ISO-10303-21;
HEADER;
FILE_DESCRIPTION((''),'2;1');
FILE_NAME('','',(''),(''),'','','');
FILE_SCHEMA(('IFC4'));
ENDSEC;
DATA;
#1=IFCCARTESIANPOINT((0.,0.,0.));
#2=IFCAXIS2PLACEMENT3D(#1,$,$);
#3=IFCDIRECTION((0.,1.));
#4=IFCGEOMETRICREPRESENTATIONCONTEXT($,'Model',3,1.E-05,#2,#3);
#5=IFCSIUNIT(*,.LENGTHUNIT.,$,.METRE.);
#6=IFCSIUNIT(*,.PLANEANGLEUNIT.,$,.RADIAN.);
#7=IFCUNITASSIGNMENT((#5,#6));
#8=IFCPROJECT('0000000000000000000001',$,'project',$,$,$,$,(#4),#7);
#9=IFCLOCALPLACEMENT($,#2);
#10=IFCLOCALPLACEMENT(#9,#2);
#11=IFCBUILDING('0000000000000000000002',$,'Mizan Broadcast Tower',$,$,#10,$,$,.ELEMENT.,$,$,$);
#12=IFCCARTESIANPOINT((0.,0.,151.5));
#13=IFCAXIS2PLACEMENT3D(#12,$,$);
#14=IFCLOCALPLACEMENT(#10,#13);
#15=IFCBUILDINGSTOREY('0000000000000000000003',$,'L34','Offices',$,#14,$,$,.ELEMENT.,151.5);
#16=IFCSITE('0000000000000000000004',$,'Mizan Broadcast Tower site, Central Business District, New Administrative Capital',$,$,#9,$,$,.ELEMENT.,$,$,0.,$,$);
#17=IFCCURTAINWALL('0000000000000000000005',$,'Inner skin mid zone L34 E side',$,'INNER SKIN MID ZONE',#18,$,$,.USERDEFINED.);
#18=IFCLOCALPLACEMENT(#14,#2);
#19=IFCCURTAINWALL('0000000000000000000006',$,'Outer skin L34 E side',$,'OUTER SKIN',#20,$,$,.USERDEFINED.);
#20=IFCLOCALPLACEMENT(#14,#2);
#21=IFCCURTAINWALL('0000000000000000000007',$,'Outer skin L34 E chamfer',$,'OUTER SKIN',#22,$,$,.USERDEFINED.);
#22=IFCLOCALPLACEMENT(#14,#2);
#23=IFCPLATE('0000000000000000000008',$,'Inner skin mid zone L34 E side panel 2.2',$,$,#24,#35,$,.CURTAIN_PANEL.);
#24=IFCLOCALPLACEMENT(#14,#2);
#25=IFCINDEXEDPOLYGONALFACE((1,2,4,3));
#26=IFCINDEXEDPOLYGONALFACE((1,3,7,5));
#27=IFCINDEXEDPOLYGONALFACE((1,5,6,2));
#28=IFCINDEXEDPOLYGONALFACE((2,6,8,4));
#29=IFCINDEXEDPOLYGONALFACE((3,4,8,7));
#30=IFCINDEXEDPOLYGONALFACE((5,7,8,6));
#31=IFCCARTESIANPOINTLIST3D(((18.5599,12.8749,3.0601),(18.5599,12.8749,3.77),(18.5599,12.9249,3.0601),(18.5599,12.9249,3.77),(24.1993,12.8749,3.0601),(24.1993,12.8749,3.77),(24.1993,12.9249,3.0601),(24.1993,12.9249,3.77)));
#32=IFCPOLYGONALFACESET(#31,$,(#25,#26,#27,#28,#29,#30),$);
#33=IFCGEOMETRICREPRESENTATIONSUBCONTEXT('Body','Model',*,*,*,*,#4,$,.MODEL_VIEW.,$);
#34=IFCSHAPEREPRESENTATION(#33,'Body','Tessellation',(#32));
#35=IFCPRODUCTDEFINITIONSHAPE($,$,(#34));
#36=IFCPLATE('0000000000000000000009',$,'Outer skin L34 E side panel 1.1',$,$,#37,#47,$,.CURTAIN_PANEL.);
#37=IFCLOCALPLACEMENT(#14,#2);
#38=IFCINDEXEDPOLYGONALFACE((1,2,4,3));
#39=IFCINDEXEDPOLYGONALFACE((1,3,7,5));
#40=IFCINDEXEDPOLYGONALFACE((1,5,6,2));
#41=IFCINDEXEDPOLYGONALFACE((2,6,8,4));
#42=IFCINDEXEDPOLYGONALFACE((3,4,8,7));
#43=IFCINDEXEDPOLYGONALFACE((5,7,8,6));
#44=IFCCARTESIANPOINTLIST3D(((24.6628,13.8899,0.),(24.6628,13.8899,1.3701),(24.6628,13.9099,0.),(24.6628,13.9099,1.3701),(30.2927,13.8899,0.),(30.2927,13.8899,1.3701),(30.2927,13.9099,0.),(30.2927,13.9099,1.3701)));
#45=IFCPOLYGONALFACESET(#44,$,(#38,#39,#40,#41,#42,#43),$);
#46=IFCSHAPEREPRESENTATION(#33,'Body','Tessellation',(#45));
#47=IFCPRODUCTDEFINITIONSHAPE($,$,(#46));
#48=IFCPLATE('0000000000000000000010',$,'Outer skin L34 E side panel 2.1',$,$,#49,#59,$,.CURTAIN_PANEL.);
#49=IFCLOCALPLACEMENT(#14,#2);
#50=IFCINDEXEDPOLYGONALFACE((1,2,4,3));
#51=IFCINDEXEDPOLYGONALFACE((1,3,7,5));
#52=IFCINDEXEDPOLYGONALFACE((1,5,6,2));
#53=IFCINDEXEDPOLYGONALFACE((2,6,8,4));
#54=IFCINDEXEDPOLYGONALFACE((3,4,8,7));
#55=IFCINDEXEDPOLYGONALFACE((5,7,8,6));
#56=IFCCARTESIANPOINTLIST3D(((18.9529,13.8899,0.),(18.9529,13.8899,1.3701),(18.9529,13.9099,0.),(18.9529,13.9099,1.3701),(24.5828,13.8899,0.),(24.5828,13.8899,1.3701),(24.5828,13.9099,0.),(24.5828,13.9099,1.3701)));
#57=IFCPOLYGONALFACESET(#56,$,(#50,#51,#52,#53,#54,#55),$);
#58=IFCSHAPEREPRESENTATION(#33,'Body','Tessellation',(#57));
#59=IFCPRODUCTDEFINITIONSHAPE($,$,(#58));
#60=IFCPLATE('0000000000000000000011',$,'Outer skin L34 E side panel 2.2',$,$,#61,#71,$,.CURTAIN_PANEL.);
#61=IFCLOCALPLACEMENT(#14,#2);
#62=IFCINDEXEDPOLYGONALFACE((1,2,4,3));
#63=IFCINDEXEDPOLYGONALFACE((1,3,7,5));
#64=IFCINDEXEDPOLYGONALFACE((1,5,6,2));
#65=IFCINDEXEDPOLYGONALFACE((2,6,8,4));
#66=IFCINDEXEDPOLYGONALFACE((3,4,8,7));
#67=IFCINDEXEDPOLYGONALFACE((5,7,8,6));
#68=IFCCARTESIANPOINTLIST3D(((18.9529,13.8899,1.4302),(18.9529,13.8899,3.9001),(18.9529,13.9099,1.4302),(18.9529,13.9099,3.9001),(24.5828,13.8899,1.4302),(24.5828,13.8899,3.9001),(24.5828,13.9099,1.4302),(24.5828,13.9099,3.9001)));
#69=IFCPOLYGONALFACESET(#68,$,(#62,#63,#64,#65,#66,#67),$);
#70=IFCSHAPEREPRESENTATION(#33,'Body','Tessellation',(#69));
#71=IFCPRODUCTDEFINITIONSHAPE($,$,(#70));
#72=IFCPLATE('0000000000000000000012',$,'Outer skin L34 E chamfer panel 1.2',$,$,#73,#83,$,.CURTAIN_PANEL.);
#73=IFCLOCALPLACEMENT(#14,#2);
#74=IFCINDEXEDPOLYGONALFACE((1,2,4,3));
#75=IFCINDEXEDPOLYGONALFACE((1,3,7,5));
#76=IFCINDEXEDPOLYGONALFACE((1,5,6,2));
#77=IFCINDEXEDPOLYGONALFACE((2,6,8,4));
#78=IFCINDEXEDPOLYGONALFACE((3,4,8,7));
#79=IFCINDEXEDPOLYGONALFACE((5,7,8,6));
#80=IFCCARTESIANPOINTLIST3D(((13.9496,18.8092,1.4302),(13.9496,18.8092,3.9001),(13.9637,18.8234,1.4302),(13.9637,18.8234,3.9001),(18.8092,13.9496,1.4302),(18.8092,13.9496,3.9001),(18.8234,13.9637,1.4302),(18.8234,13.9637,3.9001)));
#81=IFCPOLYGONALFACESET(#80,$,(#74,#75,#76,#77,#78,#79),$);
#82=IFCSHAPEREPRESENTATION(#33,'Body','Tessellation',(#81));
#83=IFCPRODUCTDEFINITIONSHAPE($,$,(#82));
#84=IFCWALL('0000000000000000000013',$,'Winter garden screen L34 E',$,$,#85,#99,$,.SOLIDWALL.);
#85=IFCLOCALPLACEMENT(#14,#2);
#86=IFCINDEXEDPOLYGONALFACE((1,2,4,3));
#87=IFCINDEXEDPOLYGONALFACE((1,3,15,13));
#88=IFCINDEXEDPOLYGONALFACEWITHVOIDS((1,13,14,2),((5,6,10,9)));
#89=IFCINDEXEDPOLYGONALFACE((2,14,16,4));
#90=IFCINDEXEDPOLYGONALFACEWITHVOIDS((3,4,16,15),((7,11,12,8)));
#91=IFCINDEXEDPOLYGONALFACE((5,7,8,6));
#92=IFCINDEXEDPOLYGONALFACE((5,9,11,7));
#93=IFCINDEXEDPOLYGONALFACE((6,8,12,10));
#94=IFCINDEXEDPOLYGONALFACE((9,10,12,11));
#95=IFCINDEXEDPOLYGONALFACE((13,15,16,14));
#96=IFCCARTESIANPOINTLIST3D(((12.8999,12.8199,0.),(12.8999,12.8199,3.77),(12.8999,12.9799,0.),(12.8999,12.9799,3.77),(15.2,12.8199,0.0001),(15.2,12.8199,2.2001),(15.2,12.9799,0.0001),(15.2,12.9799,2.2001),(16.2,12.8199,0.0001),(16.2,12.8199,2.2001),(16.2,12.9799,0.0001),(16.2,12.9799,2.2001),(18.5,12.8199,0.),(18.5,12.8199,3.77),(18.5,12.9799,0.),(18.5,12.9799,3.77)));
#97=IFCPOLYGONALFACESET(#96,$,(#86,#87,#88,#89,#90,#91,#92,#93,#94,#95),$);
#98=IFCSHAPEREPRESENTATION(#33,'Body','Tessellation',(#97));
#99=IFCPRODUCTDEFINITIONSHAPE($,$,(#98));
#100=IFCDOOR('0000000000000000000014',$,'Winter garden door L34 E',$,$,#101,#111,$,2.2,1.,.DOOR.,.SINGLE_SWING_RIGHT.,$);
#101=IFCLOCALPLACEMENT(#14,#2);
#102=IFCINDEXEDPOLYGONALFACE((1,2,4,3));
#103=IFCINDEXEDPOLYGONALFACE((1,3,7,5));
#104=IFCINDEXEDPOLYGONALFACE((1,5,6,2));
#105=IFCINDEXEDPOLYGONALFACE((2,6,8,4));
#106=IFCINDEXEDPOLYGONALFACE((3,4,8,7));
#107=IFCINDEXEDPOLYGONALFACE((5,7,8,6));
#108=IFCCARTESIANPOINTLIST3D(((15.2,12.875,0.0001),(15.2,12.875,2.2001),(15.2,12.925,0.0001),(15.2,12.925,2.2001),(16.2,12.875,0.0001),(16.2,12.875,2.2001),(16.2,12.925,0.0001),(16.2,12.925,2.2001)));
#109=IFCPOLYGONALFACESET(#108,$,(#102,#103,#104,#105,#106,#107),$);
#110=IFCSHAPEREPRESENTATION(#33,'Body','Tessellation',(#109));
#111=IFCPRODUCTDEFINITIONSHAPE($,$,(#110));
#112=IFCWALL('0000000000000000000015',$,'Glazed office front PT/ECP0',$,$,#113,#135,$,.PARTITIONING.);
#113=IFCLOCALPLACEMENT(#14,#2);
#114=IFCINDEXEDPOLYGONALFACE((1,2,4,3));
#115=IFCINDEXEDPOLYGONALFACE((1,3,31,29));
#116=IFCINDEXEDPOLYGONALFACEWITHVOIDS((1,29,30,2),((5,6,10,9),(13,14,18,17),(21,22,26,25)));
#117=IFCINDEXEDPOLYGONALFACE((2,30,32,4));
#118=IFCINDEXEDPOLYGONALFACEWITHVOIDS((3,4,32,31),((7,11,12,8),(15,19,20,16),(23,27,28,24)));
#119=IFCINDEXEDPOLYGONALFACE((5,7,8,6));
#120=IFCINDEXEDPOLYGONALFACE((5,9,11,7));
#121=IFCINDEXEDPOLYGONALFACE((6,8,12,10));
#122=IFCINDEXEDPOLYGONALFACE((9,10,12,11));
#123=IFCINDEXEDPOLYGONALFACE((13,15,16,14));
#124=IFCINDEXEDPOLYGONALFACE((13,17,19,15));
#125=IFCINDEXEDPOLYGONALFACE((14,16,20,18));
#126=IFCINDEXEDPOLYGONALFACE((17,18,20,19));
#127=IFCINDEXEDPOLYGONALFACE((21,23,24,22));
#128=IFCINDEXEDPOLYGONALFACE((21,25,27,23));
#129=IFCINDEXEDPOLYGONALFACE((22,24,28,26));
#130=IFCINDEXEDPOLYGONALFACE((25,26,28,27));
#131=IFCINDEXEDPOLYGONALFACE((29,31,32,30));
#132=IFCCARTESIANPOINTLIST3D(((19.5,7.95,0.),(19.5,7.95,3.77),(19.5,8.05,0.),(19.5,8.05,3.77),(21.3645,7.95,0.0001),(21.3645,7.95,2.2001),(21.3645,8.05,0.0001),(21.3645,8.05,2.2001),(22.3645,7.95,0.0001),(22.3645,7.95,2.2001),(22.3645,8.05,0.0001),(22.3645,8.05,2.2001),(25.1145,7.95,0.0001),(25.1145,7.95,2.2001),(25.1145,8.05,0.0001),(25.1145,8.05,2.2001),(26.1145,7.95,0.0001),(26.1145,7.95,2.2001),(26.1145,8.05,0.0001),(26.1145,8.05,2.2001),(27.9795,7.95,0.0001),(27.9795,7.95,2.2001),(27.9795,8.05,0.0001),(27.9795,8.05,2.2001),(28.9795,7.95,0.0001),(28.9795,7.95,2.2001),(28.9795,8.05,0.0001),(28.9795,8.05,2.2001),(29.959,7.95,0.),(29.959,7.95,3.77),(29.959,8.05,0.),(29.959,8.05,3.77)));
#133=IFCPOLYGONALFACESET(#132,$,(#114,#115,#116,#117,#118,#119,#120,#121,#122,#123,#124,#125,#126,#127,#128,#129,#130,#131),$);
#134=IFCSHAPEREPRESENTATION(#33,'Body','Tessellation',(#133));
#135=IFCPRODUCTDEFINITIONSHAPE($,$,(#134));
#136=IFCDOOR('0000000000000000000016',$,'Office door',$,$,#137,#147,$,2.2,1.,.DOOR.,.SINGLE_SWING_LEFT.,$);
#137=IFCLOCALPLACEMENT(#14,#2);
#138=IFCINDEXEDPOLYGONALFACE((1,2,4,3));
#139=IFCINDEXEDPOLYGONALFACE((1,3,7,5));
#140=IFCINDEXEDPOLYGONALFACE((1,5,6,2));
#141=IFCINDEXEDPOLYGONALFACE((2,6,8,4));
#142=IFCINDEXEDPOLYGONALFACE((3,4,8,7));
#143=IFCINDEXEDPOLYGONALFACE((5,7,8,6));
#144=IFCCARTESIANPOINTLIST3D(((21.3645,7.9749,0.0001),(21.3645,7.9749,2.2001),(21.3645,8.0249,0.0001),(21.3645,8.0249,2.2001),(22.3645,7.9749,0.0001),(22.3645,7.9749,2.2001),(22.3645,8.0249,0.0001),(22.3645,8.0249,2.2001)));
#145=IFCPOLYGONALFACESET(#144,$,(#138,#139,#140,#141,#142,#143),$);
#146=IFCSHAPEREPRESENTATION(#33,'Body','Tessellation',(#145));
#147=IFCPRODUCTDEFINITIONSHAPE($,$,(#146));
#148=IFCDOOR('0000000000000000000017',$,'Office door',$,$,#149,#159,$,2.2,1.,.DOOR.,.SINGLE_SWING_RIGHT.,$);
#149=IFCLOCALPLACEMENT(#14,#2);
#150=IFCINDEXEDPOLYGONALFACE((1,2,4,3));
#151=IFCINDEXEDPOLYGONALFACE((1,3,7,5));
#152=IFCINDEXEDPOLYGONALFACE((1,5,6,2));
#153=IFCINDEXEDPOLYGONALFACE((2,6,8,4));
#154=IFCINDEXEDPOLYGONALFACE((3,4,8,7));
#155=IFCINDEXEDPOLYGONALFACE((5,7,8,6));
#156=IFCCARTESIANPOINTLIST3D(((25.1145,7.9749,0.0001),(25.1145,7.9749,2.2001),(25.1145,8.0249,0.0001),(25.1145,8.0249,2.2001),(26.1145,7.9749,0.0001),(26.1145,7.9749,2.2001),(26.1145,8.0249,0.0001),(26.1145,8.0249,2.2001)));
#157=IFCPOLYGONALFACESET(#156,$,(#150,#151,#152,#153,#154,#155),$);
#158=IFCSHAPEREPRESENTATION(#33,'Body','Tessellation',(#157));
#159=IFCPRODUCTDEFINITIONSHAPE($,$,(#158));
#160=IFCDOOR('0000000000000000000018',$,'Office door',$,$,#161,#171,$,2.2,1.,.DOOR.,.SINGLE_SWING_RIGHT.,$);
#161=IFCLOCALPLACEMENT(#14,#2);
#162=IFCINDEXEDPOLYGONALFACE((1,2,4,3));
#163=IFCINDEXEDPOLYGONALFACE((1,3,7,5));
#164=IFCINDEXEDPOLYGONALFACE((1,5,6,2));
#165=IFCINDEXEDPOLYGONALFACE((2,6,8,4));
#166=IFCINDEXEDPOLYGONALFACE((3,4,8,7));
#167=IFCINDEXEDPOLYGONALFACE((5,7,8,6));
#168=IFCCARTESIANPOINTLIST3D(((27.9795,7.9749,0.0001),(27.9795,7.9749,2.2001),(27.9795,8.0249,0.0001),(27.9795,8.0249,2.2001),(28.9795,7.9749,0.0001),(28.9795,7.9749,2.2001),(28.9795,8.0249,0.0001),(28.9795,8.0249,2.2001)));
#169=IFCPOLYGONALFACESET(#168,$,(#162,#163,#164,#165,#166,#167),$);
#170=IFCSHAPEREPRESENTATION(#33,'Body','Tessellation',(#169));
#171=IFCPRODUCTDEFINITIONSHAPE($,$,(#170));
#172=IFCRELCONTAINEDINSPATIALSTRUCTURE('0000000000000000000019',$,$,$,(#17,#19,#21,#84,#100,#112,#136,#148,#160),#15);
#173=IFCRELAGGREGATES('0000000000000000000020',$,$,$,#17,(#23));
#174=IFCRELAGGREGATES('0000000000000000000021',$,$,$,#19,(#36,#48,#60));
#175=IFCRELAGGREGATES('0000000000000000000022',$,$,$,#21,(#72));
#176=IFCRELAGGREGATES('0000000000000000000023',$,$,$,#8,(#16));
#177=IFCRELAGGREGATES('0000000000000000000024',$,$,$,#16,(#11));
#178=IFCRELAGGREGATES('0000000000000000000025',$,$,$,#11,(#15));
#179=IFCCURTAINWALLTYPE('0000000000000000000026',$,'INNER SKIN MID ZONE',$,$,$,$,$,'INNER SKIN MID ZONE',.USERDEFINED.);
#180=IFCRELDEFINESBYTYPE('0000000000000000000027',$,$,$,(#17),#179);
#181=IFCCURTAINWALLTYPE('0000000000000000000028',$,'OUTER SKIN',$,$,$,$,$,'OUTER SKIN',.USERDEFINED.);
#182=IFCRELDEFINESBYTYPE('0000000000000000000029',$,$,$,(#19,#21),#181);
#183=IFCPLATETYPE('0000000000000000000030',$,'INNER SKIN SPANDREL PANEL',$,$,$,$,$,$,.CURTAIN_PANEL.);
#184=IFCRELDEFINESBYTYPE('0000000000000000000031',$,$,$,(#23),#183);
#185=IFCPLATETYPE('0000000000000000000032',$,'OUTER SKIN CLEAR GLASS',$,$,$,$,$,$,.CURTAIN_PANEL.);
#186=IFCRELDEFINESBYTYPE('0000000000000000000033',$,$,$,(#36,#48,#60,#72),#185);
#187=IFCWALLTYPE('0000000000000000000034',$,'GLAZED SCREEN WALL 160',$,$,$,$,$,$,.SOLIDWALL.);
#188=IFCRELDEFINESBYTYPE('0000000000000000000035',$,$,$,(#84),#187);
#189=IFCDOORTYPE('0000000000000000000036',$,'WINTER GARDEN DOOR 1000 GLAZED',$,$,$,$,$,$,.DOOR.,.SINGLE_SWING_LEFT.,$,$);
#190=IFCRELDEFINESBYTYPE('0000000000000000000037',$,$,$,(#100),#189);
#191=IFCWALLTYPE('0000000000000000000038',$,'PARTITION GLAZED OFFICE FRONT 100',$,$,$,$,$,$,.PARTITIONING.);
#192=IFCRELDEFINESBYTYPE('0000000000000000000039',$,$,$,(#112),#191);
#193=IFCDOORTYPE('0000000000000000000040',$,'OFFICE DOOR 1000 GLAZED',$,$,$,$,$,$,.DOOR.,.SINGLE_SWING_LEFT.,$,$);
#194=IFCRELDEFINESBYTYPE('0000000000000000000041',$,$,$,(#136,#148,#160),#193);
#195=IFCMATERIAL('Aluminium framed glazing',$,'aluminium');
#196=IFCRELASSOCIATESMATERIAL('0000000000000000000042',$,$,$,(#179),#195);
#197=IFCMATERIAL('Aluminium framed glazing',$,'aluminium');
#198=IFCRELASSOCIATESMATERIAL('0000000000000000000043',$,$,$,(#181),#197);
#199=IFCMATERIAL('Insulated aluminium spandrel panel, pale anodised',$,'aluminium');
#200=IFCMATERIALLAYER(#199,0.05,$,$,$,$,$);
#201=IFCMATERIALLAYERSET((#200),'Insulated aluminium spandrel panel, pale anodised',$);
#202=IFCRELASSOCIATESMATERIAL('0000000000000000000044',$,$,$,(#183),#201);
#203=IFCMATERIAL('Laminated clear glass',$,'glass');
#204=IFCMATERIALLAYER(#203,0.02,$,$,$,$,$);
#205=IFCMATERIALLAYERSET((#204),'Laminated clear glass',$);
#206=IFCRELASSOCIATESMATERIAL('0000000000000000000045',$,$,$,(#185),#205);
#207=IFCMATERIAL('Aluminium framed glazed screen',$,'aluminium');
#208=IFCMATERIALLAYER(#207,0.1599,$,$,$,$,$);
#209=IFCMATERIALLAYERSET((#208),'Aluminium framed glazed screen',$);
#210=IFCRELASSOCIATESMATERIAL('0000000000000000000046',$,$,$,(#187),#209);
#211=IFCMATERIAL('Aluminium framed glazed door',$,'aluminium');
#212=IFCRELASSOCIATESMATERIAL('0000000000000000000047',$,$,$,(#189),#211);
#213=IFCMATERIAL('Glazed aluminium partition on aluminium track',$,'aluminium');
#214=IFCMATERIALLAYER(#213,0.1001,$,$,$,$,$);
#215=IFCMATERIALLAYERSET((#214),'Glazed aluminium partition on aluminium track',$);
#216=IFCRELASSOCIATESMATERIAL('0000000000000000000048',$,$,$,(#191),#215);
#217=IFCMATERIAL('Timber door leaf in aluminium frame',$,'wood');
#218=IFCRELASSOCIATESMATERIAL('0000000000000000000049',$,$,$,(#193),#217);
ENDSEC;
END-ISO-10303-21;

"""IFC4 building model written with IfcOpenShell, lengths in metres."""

from ifc_helpers import new_model, si_unit, direction, frame, frame_2d, origin, origin_2d, place, context, subcontext, project, spatial, rectangle, extrude, material, layer, layer_set, type_object, element, fill, aggregate, save


model = new_model("IFC4")

# Units and contexts
model_context = context("Model", 3, precision=1e-05, world=origin(), true_north=direction((0.0, 1.0)))
body_context = subcontext(model_context, "Body", "Model", "MODEL_VIEW")
ifc_project = project(units=[si_unit("LENGTHUNIT", "METRE"), si_unit("PLANEANGLEUNIT", "RADIAN")], contexts=[model_context])

# Site, building, storey
site_placement = place(None, origin())
site = spatial("IfcSite", under=ifc_project, at=site_placement, Name="Mizan Broadcast Tower site, Central Business District, New Administrative Capital", CompositionType="ELEMENT", RefElevation=0.0)
building_placement = place(site_placement, origin())
building = spatial("IfcBuilding", under=site, at=building_placement, Name="Mizan Broadcast Tower", CompositionType="ELEMENT")
storey_placement = place(building_placement, frame((0.0, 0.0, 151.5)))
storey = spatial("IfcBuildingStorey", under=building, at=storey_placement, Name="L34", Description="Offices", CompositionType="ELEMENT", Elevation=151.5)

# Curtain walls
ifc_material_1 = material(Name="Aluminium framed glazing", Category="aluminium")
curtain_wall_type_1 = type_object("IfcCurtainWallType", Name="INNER SKIN MID ZONE", ElementType="INNER SKIN MID ZONE", PredefinedType="USERDEFINED", material=ifc_material_1)
curtain_wall_1_placement = place(storey_placement, origin())
curtain_wall_1 = element("IfcCurtainWall", 1, at=curtain_wall_1_placement, inside=storey, type_object=curtain_wall_type_1, Name="Inner skin mid zone L34 E side", ObjectType="INNER SKIN MID ZONE", PredefinedType="USERDEFINED")
ifc_material_2 = material(Name="Aluminium framed glazing", Category="aluminium")
curtain_wall_type_2 = type_object("IfcCurtainWallType", Name="OUTER SKIN", ElementType="OUTER SKIN", PredefinedType="USERDEFINED", material=ifc_material_2)
curtain_wall_2_placement = place(storey_placement, origin())
curtain_wall_2 = element("IfcCurtainWall", 2, at=curtain_wall_2_placement, inside=storey, type_object=curtain_wall_type_2, Name="Outer skin L34 E side", ObjectType="OUTER SKIN", PredefinedType="USERDEFINED")

# Curtain wall
curtain_wall_3_placement = place(storey_placement, origin())
curtain_wall_3 = element("IfcCurtainWall", 3, at=curtain_wall_3_placement, inside=storey, type_object=curtain_wall_type_2, Name="Outer skin L34 E chamfer", ObjectType="OUTER SKIN", PredefinedType="USERDEFINED")

# Plates
ifc_material_3 = material(Name="Insulated aluminium spandrel panel, pale anodised", Category="aluminium")
ifc_layer_1 = layer(ifc_material_3, 0.05)
ifc_layer_set_1 = layer_set([ifc_layer_1], Name="Insulated aluminium spandrel panel, pale anodised")
plate_type_1 = type_object("IfcPlateType", Name="INNER SKIN SPANDREL PANEL", PredefinedType="CURTAIN_PANEL", material=ifc_layer_set_1)
plate_1_placement = place(storey_placement, frame((21.3796, 12.8999, 3.0601), z_axis=(0.0, 0.0, 1.0), x_axis=(-1.0, 0.0, 0.0)))
plate_1 = element("IfcPlate", 4, at=plate_1_placement, type_object=plate_type_1, Name="Inner skin mid zone L34 E side panel 2.2", PredefinedType="CURTAIN_PANEL", context=body_context, shape_type="SweptSolid", body=[
    extrude(rectangle(XDim=5.6394, YDim=0.05, at=origin_2d()), origin(), (0.0, 0.0, 1.0), 0.71),
])
aggregate(curtain_wall_1, [plate_1])
ifc_material_4 = material(Name="Laminated clear glass", Category="glass")
ifc_layer_2 = layer(ifc_material_4, 0.02)
ifc_layer_set_2 = layer_set([ifc_layer_2], Name="Laminated clear glass")
plate_type_2 = type_object("IfcPlateType", Name="OUTER SKIN CLEAR GLASS", PredefinedType="CURTAIN_PANEL", material=ifc_layer_set_2)
plate_2_placement = place(storey_placement, frame((27.4778, 13.8999, 0.0), z_axis=(0.0, 0.0, 1.0), x_axis=(-1.0, 0.0, 0.0)))
plate_2 = element("IfcPlate", 5, at=plate_2_placement, type_object=plate_type_2, Name="Outer skin L34 E side panel 1.1", PredefinedType="CURTAIN_PANEL", context=body_context, shape_type="SweptSolid", body=[
    extrude(rectangle(XDim=5.6299, YDim=0.02, at=origin_2d()), origin(), (0.0, 0.0, 1.0), 1.3701),
])
plate_3_placement = place(storey_placement, frame((21.7678, 13.8999, 0.0), z_axis=(0.0, 0.0, 1.0), x_axis=(-1.0, 0.0, 0.0)))
plate_3 = element("IfcPlate", 6, at=plate_3_placement, type_object=plate_type_2, Name="Outer skin L34 E side panel 2.1", PredefinedType="CURTAIN_PANEL", context=body_context, shape_type="SweptSolid", body=[
    extrude(rectangle(XDim=5.6299, YDim=0.02, at=origin_2d()), origin(), (0.0, 0.0, 1.0), 1.3701),
])
plate_4_placement = place(storey_placement, frame((21.7678, 13.8999, 1.4302), z_axis=(0.0, 0.0, 1.0), x_axis=(-1.0, 0.0, 0.0)))
plate_4 = element("IfcPlate", 7, at=plate_4_placement, type_object=plate_type_2, Name="Outer skin L34 E side panel 2.2", PredefinedType="CURTAIN_PANEL", context=body_context, shape_type="SweptSolid", body=[
    extrude(rectangle(XDim=5.6299, YDim=0.02, at=origin_2d()), origin(), (0.0, 0.0, 1.0), 2.47),
])
aggregate(curtain_wall_2, [plate_2, plate_3, plate_4])
plate_5_placement = place(storey_placement, frame((16.3865, 16.3865, 1.4302), z_axis=(0.0, 0.0, 1.0), x_axis=(-0.707107, 0.707107, 0.0)))
plate_5 = element("IfcPlate", 8, at=plate_5_placement, type_object=plate_type_2, Name="Outer skin L34 E chamfer panel 1.2", PredefinedType="CURTAIN_PANEL", context=body_context, shape_type="SweptSolid", body=[
    extrude(rectangle(XDim=6.8726, YDim=0.02, at=origin_2d()), origin(), (0.0, 0.0, 1.0), 2.47),
])
aggregate(curtain_wall_3, [plate_5])

# Wall, opening, door
ifc_material_5 = material(Name="Aluminium framed glazed screen", Category="aluminium")
ifc_layer_3 = layer(ifc_material_5, 0.1599)
ifc_layer_set_3 = layer_set([ifc_layer_3], Name="Aluminium framed glazed screen")
wall_type_1 = type_object("IfcWallType", Name="GLAZED SCREEN WALL 160", PredefinedType="SOLIDWALL", material=ifc_layer_set_3)
wall_1_placement = place(storey_placement, frame((18.5, 12.8999, 0.0), z_axis=(0.0, 0.0, 1.0), x_axis=(-1.0, 0.0, 0.0)))
wall_1 = element("IfcWall", 9, at=wall_1_placement, inside=storey, type_object=wall_type_1, Name="Winter garden screen L34 E", PredefinedType="SOLIDWALL", context=body_context, shape_type="SweptSolid", body=[
    extrude(rectangle(XDim=5.6001, YDim=0.1599, at=frame_2d((2.8, 0.0))), origin(), (0.0, 0.0, 1.0), 3.77),
])
opening_1_placement = place(wall_1_placement, frame((2.3, 0.0, 0.0)))
opening_1 = element("IfcOpeningElement", 10, at=opening_1_placement, cuts=wall_1, PredefinedType="OPENING", context=body_context, shape_type="SweptSolid", body=[
    extrude(rectangle(XDim=1.0, YDim=2.2, at=frame_2d((0.5, 1.1001))), frame((0.0, 0.0898, 0.0), z_axis=(0.0, -1.0, 0.0), x_axis=(1.0, 0.0, 0.0)), (0.0, 0.0, 1.0), 0.1799),
])
ifc_material_6 = material(Name="Aluminium framed glazed door", Category="aluminium")
door_type_1 = type_object("IfcDoorType", Name="WINTER GARDEN DOOR 1000 GLAZED", OperationType="SINGLE_SWING_LEFT", PredefinedType="DOOR", material=ifc_material_6)
door_1_placement = place(opening_1_placement, origin())
door_1 = element("IfcDoor", 11, at=door_1_placement, inside=storey, type_object=door_type_1, Name="Winter garden door L34 E", OperationType="SINGLE_SWING_RIGHT", OverallHeight=2.2, OverallWidth=1.0, PredefinedType="DOOR", context=body_context, shape_type="SweptSolid", body=[
    extrude(rectangle(XDim=1.0, YDim=2.2, at=frame_2d((0.5, 1.1001))), frame((0.0, 0.0249, 0.0), z_axis=(0.0, -1.0, 0.0), x_axis=(1.0, 0.0, 0.0)), (0.0, 0.0, 1.0), 0.05),
])
fill(opening_1, door_1)

# Wall, openings, doors
ifc_material_7 = material(Name="Glazed aluminium partition on aluminium track", Category="aluminium")
ifc_layer_4 = layer(ifc_material_7, 0.1001)
ifc_layer_set_4 = layer_set([ifc_layer_4], Name="Glazed aluminium partition on aluminium track")
wall_type_2 = type_object("IfcWallType", Name="PARTITION GLAZED OFFICE FRONT 100", PredefinedType="PARTITIONING", material=ifc_layer_set_4)
wall_2_placement = place(storey_placement, frame((19.5, 8.0, 0.0), z_axis=(0.0, 0.0, 1.0), x_axis=(1.0, 0.0, 0.0)))
wall_2 = element("IfcWall", 12, at=wall_2_placement, inside=storey, type_object=wall_type_2, Name="Glazed office front PT/ECP0", PredefinedType="PARTITIONING", context=body_context, shape_type="SweptSolid", body=[
    extrude(rectangle(XDim=10.459, YDim=0.1001, at=frame_2d((5.2295, 0.0))), origin(), (0.0, 0.0, 1.0), 3.77),
])
opening_2_placement = place(wall_2_placement, frame((1.8645, 0.0, 0.0)))
opening_2 = element("IfcOpeningElement", 13, at=opening_2_placement, cuts=wall_2, PredefinedType="OPENING", context=body_context, shape_type="SweptSolid", body=[
    extrude(rectangle(XDim=1.0, YDim=2.2, at=frame_2d((0.5, 1.1001))), frame((0.0, 0.0601, 0.0), z_axis=(0.0, -1.0, 0.0), x_axis=(1.0, 0.0, 0.0)), (0.0, 0.0, 1.0), 0.1201),
])
opening_3_placement = place(wall_2_placement, frame((5.6145, 0.0, 0.0)))
opening_3 = element("IfcOpeningElement", 14, at=opening_3_placement, cuts=wall_2, PredefinedType="OPENING", context=body_context, shape_type="SweptSolid", body=[
    extrude(rectangle(XDim=1.0, YDim=2.2, at=frame_2d((0.5, 1.1001))), frame((0.0, 0.0601, 0.0), z_axis=(0.0, -1.0, 0.0), x_axis=(1.0, 0.0, 0.0)), (0.0, 0.0, 1.0), 0.1201),
])
opening_4_placement = place(wall_2_placement, frame((8.4795, 0.0, 0.0)))
opening_4 = element("IfcOpeningElement", 15, at=opening_4_placement, cuts=wall_2, PredefinedType="OPENING", context=body_context, shape_type="SweptSolid", body=[
    extrude(rectangle(XDim=1.0, YDim=2.2, at=frame_2d((0.5, 1.1001))), frame((0.0, 0.0601, 0.0), z_axis=(0.0, -1.0, 0.0), x_axis=(1.0, 0.0, 0.0)), (0.0, 0.0, 1.0), 0.1201),
])
ifc_material_8 = material(Name="Timber door leaf in aluminium frame", Category="wood")
door_type_2 = type_object("IfcDoorType", Name="OFFICE DOOR 1000 GLAZED", OperationType="SINGLE_SWING_LEFT", PredefinedType="DOOR", material=ifc_material_8)
door_2_placement = place(opening_2_placement, origin())
door_2 = element("IfcDoor", 16, at=door_2_placement, inside=storey, type_object=door_type_2, Name="Office door", OperationType="SINGLE_SWING_LEFT", OverallHeight=2.2, OverallWidth=1.0, PredefinedType="DOOR", context=body_context, shape_type="SweptSolid", body=[
    extrude(rectangle(XDim=1.0, YDim=2.2, at=frame_2d((0.5, 1.1001))), frame((0.0, 0.0249, 0.0), z_axis=(0.0, -1.0, 0.0), x_axis=(1.0, 0.0, 0.0)), (0.0, 0.0, 1.0), 0.05),
])
fill(opening_2, door_2)
door_3_placement = place(opening_3_placement, origin())
door_3 = element("IfcDoor", 17, at=door_3_placement, inside=storey, type_object=door_type_2, Name="Office door", OperationType="SINGLE_SWING_RIGHT", OverallHeight=2.2, OverallWidth=1.0, PredefinedType="DOOR", context=body_context, shape_type="SweptSolid", body=[
    extrude(rectangle(XDim=1.0, YDim=2.2, at=frame_2d((0.5, 1.1001))), frame((0.0, 0.0249, 0.0), z_axis=(0.0, -1.0, 0.0), x_axis=(1.0, 0.0, 0.0)), (0.0, 0.0, 1.0), 0.05),
])
fill(opening_3, door_3)
door_4_placement = place(opening_4_placement, origin())
door_4 = element("IfcDoor", 18, at=door_4_placement, inside=storey, type_object=door_type_2, Name="Office door", OperationType="SINGLE_SWING_RIGHT", OverallHeight=2.2, OverallWidth=1.0, PredefinedType="DOOR", context=body_context, shape_type="SweptSolid", body=[
    extrude(rectangle(XDim=1.0, YDim=2.2, at=frame_2d((0.5, 1.1001))), frame((0.0, 0.0249, 0.0), z_axis=(0.0, -1.0, 0.0), x_axis=(1.0, 0.0, 0.0)), (0.0, 0.0, 1.0), 0.05),
])
fill(opening_4, door_4)

save(model, "model.ifc")
